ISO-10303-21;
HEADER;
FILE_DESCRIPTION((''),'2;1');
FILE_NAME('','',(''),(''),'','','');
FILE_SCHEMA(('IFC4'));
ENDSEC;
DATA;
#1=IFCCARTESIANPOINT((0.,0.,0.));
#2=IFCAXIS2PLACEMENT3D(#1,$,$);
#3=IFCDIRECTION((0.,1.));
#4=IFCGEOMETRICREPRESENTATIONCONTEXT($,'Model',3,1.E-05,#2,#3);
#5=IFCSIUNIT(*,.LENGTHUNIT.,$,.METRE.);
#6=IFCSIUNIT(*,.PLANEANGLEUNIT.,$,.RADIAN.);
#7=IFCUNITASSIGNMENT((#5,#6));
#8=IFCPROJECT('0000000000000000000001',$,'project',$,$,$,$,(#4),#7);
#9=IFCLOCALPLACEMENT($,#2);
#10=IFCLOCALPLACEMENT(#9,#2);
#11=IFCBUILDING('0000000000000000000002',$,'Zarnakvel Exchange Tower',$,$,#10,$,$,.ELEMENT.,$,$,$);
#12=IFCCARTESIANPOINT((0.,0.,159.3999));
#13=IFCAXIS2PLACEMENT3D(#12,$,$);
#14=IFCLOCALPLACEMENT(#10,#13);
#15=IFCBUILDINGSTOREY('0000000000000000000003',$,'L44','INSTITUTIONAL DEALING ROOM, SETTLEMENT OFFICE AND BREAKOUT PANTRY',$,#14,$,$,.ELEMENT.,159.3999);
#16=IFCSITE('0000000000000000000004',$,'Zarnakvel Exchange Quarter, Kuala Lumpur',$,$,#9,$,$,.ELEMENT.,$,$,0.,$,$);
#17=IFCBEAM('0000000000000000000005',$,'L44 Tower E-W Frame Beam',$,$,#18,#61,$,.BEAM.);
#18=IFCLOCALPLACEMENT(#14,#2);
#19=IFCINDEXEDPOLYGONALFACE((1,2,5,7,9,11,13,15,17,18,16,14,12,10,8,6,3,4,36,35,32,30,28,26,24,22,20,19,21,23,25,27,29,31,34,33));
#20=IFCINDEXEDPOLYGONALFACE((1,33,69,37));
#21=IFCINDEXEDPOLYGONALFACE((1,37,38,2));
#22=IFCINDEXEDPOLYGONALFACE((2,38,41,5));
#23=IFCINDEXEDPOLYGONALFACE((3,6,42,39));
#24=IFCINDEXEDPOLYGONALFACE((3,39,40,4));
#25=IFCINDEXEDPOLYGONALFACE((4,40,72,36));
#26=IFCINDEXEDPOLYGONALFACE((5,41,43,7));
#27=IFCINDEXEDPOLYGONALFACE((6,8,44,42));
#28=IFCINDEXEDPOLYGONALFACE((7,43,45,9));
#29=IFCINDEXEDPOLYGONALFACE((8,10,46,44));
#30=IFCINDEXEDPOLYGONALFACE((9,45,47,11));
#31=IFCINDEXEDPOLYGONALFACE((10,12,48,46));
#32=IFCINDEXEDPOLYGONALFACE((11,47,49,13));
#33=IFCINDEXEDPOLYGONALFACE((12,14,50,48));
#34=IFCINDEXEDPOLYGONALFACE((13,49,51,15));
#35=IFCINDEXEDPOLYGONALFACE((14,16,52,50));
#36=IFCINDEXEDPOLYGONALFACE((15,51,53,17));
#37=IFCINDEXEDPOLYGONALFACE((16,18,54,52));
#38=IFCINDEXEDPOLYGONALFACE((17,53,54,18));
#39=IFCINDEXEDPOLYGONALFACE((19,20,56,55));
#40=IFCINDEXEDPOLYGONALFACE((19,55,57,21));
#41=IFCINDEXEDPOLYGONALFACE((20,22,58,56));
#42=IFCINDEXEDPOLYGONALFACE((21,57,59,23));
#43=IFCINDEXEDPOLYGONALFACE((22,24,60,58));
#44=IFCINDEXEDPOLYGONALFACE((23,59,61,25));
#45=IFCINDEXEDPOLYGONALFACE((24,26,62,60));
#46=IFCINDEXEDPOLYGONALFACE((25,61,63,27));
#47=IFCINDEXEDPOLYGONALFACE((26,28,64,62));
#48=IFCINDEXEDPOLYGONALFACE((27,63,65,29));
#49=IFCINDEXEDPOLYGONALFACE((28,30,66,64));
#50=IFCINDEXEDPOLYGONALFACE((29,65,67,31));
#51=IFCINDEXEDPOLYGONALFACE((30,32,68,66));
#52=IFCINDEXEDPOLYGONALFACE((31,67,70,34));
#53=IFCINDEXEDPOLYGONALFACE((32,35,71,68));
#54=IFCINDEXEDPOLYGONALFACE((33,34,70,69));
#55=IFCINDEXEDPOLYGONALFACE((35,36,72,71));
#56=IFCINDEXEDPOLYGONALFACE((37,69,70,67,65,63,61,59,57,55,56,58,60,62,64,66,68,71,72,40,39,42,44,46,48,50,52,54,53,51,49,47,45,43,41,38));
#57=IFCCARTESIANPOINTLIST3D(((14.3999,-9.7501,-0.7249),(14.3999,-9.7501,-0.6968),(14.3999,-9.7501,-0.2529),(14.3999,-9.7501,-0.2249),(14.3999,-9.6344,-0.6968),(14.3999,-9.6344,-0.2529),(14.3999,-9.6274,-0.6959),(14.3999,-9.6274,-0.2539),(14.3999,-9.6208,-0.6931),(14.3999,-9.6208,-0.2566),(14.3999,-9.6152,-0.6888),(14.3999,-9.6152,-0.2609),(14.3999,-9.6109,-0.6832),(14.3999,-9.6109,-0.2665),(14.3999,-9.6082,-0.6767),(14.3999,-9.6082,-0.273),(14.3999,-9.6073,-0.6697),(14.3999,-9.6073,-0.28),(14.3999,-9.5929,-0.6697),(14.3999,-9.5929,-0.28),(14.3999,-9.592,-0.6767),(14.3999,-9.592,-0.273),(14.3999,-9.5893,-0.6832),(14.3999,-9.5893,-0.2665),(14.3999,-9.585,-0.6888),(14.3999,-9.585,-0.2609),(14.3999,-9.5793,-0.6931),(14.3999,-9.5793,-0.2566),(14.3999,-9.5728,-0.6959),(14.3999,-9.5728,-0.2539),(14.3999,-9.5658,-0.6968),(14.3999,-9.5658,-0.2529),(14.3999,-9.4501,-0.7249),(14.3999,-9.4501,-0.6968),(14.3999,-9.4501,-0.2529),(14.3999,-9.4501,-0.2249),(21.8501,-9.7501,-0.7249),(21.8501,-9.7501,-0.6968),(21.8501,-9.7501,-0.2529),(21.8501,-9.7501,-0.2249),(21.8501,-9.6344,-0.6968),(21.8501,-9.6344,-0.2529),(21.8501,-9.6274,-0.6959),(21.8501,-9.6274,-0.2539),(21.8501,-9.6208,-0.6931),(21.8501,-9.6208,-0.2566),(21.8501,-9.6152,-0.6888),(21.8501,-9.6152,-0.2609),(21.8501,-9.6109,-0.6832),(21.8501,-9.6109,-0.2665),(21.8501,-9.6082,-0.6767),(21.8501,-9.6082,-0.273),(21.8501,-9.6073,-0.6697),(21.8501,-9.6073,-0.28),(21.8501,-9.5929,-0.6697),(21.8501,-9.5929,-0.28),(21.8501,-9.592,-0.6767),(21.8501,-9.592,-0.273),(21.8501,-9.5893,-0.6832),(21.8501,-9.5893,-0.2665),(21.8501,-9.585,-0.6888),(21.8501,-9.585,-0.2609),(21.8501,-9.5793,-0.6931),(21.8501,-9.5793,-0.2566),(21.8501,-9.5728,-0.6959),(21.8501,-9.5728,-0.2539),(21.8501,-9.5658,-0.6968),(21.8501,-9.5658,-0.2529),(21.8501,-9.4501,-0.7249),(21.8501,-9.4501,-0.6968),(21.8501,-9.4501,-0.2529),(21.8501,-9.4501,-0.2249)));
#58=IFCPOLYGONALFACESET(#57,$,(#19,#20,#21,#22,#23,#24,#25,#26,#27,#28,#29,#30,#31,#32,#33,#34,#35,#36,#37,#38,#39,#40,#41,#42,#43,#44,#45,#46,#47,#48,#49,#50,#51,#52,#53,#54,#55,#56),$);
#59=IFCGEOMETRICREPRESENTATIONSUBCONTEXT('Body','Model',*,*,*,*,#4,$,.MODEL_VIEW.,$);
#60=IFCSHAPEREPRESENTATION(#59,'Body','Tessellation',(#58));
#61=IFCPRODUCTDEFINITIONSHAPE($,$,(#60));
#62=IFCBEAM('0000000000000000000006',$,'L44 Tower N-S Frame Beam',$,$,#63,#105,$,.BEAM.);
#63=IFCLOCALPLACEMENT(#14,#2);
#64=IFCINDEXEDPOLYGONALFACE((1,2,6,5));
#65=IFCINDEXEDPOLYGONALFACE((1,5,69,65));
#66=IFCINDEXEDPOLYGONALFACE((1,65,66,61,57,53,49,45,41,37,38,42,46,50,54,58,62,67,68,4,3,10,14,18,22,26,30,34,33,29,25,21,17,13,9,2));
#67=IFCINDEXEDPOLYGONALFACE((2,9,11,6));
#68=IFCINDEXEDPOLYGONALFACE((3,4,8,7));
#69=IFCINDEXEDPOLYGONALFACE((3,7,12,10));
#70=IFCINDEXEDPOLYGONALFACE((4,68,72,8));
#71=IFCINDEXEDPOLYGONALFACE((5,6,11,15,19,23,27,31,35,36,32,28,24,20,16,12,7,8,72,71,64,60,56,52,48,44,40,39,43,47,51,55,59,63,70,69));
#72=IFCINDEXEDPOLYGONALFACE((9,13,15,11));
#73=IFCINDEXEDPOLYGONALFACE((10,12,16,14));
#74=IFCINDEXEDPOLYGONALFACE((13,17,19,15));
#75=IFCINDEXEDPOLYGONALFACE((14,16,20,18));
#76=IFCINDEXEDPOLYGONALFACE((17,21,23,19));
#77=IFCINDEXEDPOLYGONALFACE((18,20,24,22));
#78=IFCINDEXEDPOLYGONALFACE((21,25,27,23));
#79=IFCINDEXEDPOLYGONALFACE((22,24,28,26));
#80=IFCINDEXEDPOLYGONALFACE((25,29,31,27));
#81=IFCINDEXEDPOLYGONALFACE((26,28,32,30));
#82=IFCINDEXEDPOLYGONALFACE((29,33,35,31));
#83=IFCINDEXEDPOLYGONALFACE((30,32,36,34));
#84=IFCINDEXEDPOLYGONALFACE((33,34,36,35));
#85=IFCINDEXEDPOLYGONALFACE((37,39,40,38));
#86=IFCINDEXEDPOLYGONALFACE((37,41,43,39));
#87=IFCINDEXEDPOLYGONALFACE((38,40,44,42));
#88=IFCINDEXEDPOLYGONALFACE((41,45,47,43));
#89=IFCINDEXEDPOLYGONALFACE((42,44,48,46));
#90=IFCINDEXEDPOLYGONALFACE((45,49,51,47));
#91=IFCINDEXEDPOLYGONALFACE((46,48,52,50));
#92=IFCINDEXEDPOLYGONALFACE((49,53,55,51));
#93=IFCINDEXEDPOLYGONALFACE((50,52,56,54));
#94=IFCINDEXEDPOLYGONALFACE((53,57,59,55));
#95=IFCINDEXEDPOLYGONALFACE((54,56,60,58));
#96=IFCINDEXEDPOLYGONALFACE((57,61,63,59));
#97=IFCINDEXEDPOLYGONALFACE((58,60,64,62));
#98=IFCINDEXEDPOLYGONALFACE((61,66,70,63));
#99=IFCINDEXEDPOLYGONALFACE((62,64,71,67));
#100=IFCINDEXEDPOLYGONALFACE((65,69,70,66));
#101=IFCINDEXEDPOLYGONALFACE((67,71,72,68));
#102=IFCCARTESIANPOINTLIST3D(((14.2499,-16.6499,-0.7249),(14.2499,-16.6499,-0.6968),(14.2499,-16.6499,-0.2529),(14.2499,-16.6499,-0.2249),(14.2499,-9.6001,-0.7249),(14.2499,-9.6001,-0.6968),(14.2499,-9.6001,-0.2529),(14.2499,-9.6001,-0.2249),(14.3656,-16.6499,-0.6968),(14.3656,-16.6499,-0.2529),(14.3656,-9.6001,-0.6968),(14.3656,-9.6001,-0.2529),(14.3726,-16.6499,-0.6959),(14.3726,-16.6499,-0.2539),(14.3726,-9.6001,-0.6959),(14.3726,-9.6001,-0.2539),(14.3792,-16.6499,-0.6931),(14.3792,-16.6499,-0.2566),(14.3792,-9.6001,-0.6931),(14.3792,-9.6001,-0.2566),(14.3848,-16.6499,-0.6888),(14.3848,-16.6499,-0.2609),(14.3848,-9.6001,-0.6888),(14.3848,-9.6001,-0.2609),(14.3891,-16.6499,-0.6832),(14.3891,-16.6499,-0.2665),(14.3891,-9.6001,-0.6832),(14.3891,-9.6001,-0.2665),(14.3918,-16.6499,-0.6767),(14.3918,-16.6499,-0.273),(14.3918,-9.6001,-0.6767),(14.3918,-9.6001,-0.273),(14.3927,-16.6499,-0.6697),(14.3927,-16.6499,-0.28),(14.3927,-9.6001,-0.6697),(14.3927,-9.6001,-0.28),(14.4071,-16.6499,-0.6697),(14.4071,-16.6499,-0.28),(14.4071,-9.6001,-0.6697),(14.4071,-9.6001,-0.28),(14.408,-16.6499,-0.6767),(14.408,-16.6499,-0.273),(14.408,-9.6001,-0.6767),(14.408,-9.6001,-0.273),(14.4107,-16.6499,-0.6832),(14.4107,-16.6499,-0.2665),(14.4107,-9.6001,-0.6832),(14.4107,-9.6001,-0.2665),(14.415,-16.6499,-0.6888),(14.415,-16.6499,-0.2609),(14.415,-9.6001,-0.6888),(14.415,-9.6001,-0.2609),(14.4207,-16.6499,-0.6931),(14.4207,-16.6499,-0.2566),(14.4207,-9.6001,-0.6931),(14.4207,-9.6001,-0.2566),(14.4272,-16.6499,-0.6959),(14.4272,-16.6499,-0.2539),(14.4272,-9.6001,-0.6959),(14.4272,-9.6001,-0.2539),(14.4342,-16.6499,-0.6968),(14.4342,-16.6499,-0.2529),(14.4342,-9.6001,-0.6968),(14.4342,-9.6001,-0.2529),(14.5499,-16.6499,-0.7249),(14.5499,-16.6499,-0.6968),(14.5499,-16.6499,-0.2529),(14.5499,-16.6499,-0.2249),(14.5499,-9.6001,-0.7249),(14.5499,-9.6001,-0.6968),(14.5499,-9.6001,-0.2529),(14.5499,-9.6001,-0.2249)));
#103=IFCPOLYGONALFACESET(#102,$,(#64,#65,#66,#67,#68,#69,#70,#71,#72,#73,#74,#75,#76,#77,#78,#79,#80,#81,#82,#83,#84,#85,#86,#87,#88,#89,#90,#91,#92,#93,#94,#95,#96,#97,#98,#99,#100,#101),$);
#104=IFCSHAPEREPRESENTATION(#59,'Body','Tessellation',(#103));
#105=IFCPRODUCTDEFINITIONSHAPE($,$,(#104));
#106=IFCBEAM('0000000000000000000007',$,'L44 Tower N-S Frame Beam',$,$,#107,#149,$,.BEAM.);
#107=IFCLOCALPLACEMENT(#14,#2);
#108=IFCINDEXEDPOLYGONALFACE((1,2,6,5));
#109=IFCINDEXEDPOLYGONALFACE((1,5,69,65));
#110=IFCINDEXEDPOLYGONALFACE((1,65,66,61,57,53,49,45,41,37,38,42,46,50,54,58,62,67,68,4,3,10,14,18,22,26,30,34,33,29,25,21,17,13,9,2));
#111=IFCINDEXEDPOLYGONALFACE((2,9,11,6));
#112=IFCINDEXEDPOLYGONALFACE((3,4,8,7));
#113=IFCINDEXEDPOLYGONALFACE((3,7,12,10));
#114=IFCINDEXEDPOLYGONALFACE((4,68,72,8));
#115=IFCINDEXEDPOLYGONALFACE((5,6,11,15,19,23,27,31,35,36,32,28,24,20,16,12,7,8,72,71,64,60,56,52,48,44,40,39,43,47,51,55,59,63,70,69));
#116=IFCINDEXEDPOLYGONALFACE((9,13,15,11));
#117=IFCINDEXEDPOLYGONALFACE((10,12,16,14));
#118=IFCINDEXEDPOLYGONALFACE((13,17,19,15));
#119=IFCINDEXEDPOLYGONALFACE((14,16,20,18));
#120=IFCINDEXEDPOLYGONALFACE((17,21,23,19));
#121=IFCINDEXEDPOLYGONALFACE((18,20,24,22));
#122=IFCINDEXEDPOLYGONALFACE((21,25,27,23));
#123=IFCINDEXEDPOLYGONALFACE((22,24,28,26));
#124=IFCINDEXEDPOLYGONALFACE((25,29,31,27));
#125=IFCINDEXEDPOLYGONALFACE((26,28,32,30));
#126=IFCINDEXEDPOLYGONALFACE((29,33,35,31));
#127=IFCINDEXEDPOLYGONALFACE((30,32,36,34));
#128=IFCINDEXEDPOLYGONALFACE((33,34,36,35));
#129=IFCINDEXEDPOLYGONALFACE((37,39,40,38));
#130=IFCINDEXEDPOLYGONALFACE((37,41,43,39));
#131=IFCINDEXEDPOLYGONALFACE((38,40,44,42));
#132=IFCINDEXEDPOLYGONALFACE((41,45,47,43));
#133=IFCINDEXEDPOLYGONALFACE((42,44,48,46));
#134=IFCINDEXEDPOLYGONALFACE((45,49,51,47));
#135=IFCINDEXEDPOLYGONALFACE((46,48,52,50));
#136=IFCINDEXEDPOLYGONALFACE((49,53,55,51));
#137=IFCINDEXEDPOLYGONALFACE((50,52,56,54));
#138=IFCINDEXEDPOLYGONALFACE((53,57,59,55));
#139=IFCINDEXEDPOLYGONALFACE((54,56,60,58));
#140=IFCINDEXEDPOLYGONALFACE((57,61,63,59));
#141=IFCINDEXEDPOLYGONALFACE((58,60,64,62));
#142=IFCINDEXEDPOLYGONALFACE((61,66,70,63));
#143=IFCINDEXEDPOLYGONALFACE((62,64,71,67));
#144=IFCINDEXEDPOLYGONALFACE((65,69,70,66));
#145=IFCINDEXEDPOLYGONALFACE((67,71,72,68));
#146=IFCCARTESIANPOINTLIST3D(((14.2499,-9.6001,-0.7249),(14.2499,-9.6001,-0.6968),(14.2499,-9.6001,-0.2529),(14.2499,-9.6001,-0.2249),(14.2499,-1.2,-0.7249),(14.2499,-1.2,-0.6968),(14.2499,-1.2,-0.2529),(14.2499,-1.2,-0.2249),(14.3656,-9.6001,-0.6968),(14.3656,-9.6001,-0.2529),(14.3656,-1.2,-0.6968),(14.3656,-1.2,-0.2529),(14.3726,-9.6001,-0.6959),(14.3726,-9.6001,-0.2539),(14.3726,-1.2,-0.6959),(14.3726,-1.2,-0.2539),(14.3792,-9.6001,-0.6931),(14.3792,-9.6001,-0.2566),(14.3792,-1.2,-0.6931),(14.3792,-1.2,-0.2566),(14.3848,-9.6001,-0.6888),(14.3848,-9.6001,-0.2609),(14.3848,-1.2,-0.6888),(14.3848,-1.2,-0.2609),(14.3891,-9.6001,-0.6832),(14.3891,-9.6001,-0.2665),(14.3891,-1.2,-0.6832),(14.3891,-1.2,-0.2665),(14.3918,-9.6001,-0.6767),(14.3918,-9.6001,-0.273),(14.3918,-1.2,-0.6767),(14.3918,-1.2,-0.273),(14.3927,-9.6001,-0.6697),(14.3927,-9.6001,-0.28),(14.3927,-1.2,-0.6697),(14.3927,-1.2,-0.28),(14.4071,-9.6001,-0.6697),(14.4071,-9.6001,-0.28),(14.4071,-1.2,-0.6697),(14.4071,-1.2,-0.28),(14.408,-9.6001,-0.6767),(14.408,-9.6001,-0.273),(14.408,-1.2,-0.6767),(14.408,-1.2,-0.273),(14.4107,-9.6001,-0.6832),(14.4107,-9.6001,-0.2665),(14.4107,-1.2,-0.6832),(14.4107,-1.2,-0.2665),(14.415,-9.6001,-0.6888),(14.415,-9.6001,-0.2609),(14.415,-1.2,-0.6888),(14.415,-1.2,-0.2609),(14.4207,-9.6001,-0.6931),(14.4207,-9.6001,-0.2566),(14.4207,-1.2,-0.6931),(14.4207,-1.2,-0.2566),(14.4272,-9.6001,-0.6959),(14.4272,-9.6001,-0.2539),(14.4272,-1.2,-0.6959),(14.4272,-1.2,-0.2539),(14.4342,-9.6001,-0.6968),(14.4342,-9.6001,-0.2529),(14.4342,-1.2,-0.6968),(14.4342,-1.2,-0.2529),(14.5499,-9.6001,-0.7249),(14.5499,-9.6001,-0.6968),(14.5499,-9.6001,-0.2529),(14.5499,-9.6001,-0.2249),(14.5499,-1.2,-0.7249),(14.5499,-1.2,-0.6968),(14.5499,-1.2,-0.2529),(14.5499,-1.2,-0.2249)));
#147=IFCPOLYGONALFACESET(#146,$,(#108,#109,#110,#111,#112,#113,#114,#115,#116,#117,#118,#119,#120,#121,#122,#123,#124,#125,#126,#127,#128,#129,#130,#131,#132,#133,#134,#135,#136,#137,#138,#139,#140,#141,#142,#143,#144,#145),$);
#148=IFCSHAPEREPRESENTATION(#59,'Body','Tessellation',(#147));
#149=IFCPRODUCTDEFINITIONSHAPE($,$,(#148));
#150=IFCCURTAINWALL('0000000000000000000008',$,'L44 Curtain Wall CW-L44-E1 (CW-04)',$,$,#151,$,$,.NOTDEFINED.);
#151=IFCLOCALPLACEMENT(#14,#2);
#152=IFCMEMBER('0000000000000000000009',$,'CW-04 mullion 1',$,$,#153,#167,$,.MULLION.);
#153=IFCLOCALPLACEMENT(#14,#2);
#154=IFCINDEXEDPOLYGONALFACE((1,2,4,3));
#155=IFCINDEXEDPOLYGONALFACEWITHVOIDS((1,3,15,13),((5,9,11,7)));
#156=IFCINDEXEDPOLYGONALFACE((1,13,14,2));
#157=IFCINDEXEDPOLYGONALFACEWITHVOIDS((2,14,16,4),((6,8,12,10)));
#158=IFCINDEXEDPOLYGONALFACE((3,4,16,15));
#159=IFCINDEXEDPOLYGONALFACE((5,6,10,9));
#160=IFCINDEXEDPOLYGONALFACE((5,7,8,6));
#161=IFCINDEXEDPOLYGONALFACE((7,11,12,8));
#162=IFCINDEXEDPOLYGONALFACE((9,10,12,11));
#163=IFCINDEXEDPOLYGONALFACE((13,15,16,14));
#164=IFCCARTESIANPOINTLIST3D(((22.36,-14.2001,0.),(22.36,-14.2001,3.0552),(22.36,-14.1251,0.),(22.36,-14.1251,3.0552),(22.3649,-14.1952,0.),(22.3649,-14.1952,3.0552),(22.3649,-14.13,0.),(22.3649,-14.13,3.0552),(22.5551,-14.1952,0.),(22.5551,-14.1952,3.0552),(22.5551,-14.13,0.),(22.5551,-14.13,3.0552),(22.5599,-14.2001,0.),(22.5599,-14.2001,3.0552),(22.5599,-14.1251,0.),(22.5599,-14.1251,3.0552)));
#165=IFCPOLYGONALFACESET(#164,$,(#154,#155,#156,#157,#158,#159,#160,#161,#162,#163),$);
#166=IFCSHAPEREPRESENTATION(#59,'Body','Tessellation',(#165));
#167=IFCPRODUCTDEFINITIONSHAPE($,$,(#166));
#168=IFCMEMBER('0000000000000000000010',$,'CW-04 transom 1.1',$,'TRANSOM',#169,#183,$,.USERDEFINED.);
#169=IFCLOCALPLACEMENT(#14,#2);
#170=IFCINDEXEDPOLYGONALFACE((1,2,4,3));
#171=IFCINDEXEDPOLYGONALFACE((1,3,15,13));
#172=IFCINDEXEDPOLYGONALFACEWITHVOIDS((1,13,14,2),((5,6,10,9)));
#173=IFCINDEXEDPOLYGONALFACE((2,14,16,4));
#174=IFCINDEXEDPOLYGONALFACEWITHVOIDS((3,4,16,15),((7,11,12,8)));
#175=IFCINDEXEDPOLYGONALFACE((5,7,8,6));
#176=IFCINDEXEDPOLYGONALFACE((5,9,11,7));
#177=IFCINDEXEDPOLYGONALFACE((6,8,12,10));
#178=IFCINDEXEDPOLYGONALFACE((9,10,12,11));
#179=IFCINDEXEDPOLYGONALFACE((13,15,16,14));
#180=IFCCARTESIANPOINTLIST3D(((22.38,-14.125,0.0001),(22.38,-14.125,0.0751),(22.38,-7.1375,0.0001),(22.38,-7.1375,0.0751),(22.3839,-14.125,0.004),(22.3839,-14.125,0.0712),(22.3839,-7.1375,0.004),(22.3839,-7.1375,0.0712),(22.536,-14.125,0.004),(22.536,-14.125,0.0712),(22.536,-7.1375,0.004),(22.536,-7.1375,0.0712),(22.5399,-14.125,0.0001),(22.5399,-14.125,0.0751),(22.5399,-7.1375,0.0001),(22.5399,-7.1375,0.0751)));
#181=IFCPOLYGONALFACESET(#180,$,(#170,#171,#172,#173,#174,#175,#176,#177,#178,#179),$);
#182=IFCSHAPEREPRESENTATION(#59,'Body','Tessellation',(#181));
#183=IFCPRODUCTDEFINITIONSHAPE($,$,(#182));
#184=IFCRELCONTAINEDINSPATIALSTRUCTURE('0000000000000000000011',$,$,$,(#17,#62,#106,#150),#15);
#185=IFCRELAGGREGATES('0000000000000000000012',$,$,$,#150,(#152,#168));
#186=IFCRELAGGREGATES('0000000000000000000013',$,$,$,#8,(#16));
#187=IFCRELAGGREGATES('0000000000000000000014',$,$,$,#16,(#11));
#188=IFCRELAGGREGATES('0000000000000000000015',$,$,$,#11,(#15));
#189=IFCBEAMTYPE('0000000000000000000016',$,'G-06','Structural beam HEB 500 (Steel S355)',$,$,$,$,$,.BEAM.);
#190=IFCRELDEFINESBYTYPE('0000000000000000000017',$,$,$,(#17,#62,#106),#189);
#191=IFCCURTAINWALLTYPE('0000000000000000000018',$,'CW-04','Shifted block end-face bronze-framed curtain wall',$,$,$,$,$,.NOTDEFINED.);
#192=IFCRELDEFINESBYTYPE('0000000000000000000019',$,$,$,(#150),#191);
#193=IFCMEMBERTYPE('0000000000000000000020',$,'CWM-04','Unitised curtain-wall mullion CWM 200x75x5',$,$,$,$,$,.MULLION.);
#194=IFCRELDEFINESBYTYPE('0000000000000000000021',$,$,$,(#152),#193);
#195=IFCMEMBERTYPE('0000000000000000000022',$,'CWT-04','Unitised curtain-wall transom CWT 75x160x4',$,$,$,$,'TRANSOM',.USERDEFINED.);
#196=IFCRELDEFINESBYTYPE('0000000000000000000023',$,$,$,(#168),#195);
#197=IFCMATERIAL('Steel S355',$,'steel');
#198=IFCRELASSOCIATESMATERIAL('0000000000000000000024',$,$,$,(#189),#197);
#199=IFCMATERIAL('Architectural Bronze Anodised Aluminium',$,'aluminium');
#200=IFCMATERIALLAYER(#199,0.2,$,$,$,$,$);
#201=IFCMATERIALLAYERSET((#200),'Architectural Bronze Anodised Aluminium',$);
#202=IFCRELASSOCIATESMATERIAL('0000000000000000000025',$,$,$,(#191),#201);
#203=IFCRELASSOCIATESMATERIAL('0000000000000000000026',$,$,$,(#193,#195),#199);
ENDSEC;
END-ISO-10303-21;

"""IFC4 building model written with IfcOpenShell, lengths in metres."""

from ifc_helpers import new_model, si_unit, direction, frame, origin, origin_2d, place, context, subcontext, project, spatial, hollow_rectangle, i_section, extrude, source, transform, mapped, material, layer, layer_set, material_profile, profile_set, type_object, element, aggregate, save


model = new_model("IFC4")

# Units and contexts
model_context = context("Model", 3, precision=1e-05, world=origin(), true_north=direction((0.0, 1.0)))
body_context = subcontext(model_context, "Body", "Model", "MODEL_VIEW")
ifc_project = project(units=[si_unit("LENGTHUNIT", "METRE"), si_unit("PLANEANGLEUNIT", "RADIAN")], contexts=[model_context])

# Site, building, storey
site_placement = place(None, origin())
site = spatial("IfcSite", under=ifc_project, at=site_placement, Name="Zarnakvel Exchange Quarter, Kuala Lumpur", CompositionType="ELEMENT", RefElevation=0.0)
building_placement = place(site_placement, origin())
building = spatial("IfcBuilding", under=site, at=building_placement, Name="Zarnakvel Exchange Tower", CompositionType="ELEMENT")
storey_placement = place(building_placement, frame((0.0, 0.0, 159.3999)))
storey = spatial("IfcBuildingStorey", under=building, at=storey_placement, Name="L44", Description="INSTITUTIONAL DEALING ROOM, SETTLEMENT OFFICE AND BREAKOUT PANTRY", CompositionType="ELEMENT", Elevation=159.3999)

# Beams
ifc_material_1 = material(Name="Steel S355", Category="steel")
ifc_material_profile_1 = material_profile(ifc_material_1, i_section(OverallWidth=0.3, OverallDepth=0.5, WebThickness=0.0144, FlangeThickness=0.0281, FilletRadius=0.0271, at=origin_2d()))
ifc_profile_set_1 = profile_set([ifc_material_profile_1], Name="Steel S355")
beam_type_1 = type_object("IfcBeamType", Name="G-06", Description="Structural beam HEB 500 (Steel S355)", PredefinedType="BEAM", material=ifc_profile_set_1)
beam_1_placement = place(storey_placement, frame((14.3999, -9.6001, -0.4749), z_axis=(1.0, 0.0, 0.0), x_axis=(0.0, 1.0, 0.0)))
element("IfcBeam", 1, at=beam_1_placement, inside=storey, type_object=beam_type_1, Name="L44 Tower E-W Frame Beam", PredefinedType="BEAM", context=body_context, shape_type="SweptSolid", body=[
    extrude(i_section(OverallWidth=0.3, OverallDepth=0.5, WebThickness=0.0144, FlangeThickness=0.0281, FilletRadius=0.0271, at=origin_2d()), origin(), (0.0, 0.0, 1.0), 7.4502),
])
beam_2_placement = place(storey_placement, frame((14.3999, -16.6499, -0.4749), z_axis=(0.0, 1.0, 0.0), x_axis=(-1.0, 0.0, 0.0)))
element("IfcBeam", 2, at=beam_2_placement, inside=storey, type_object=beam_type_1, Name="L44 Tower N-S Frame Beam", PredefinedType="BEAM", context=body_context, shape_type="SweptSolid", body=[
    extrude(i_section(OverallWidth=0.3, OverallDepth=0.5, WebThickness=0.0144, FlangeThickness=0.0281, FilletRadius=0.0271, at=origin_2d()), origin(), (0.0, 0.0, 1.0), 7.0498),
])
beam_3_placement = place(storey_placement, frame((14.3999, -9.6001, -0.4749), z_axis=(0.0, 1.0, 0.0), x_axis=(-1.0, 0.0, 0.0)))
element("IfcBeam", 3, at=beam_3_placement, inside=storey, type_object=beam_type_1, Name="L44 Tower N-S Frame Beam", PredefinedType="BEAM", context=body_context, shape_type="SweptSolid", body=[
    extrude(i_section(OverallWidth=0.3, OverallDepth=0.5, WebThickness=0.0144, FlangeThickness=0.0281, FilletRadius=0.0271, at=origin_2d()), origin(), (0.0, 0.0, 1.0), 8.4001),
])

# Curtain wall, members
ifc_material_2 = material(Name="Architectural Bronze Anodised Aluminium", Category="aluminium")
ifc_layer_1 = layer(ifc_material_2, 0.2)
ifc_layer_set_1 = layer_set([ifc_layer_1], Name="Architectural Bronze Anodised Aluminium")
curtain_wall_type = type_object("IfcCurtainWallType", Name="CW-04", Description="Shifted block end-face bronze-framed curtain wall", PredefinedType="NOTDEFINED", material=ifc_layer_set_1)
curtain_wall_placement = place(storey_placement, origin())
curtain_wall = element("IfcCurtainWall", 4, at=curtain_wall_placement, inside=storey, type_object=curtain_wall_type, Name="L44 Curtain Wall CW-L44-E1 (CW-04)", PredefinedType="NOTDEFINED")
ifc_material_profile_2 = material_profile(ifc_material_2, hollow_rectangle(XDim=0.2, YDim=0.075, WallThickness=0.0049, at=origin_2d()))
ifc_profile_set_2 = profile_set([ifc_material_profile_2], Name="Architectural Bronze Anodised Aluminium")
member_type_1 = type_object("IfcMemberType", Name="CWM-04", Description="Unitised curtain-wall mullion CWM 200x75x5", PredefinedType="MULLION", material=ifc_profile_set_2)
shared_shape_1 = source(origin(), body_context, "Body", "SweptSolid", [
    extrude(hollow_rectangle(XDim=0.2, YDim=0.075, WallThickness=0.0049, at=origin_2d()), origin(), (0.0, 0.0, 1.0), 3.0552),
])
member_1_placement = place(storey_placement, frame((22.46, -14.1626, 0.0), z_axis=(0.0, 0.0, 1.0), x_axis=(-1.0, 0.0, 0.0)))
member_1 = element("IfcMember", 5, at=member_1_placement, type_object=member_type_1, Name="CW-04 mullion 1", PredefinedType="MULLION", context=body_context, shape_type="MappedRepresentation", body=[
    mapped(shared_shape_1, transform((0.0, 0.0, 0.0), x_axis=(1.0, 0.0, 0.0), y_axis=(0.0, 1.0, 0.0), z_axis=(0.0, 0.0, 1.0), scale=1.0)),
])
ifc_material_profile_3 = material_profile(ifc_material_2, hollow_rectangle(XDim=0.1599, YDim=0.075, WallThickness=0.0039, at=origin_2d()))
ifc_profile_set_3 = profile_set([ifc_material_profile_3], Name="Architectural Bronze Anodised Aluminium")
member_type_2 = type_object("IfcMemberType", Name="CWT-04", Description="Unitised curtain-wall transom CWT 75x160x4", ElementType="TRANSOM", PredefinedType="USERDEFINED", material=ifc_profile_set_3)
shared_shape_2 = source(origin(), body_context, "Body", "SweptSolid", [
    extrude(hollow_rectangle(XDim=0.1599, YDim=0.075, WallThickness=0.0039, at=origin_2d()), origin(), (0.0, 0.0, 1.0), 6.9875),
])
member_2_placement = place(storey_placement, frame((22.46, -14.125, 0.0376), z_axis=(0.0, 1.0, 0.0), x_axis=(-1.0, 0.0, 0.0)))
member_2 = element("IfcMember", 6, at=member_2_placement, type_object=member_type_2, Name="CW-04 transom 1.1", ObjectType="TRANSOM", PredefinedType="USERDEFINED", context=body_context, shape_type="MappedRepresentation", body=[
    mapped(shared_shape_2, transform((0.0, 0.0, 0.0), x_axis=(1.0, 0.0, 0.0), y_axis=(0.0, 1.0, 0.0), z_axis=(0.0, 0.0, 1.0), scale=1.0)),
])
aggregate(curtain_wall, [member_1, member_2])

save(model, "model.ifc")
